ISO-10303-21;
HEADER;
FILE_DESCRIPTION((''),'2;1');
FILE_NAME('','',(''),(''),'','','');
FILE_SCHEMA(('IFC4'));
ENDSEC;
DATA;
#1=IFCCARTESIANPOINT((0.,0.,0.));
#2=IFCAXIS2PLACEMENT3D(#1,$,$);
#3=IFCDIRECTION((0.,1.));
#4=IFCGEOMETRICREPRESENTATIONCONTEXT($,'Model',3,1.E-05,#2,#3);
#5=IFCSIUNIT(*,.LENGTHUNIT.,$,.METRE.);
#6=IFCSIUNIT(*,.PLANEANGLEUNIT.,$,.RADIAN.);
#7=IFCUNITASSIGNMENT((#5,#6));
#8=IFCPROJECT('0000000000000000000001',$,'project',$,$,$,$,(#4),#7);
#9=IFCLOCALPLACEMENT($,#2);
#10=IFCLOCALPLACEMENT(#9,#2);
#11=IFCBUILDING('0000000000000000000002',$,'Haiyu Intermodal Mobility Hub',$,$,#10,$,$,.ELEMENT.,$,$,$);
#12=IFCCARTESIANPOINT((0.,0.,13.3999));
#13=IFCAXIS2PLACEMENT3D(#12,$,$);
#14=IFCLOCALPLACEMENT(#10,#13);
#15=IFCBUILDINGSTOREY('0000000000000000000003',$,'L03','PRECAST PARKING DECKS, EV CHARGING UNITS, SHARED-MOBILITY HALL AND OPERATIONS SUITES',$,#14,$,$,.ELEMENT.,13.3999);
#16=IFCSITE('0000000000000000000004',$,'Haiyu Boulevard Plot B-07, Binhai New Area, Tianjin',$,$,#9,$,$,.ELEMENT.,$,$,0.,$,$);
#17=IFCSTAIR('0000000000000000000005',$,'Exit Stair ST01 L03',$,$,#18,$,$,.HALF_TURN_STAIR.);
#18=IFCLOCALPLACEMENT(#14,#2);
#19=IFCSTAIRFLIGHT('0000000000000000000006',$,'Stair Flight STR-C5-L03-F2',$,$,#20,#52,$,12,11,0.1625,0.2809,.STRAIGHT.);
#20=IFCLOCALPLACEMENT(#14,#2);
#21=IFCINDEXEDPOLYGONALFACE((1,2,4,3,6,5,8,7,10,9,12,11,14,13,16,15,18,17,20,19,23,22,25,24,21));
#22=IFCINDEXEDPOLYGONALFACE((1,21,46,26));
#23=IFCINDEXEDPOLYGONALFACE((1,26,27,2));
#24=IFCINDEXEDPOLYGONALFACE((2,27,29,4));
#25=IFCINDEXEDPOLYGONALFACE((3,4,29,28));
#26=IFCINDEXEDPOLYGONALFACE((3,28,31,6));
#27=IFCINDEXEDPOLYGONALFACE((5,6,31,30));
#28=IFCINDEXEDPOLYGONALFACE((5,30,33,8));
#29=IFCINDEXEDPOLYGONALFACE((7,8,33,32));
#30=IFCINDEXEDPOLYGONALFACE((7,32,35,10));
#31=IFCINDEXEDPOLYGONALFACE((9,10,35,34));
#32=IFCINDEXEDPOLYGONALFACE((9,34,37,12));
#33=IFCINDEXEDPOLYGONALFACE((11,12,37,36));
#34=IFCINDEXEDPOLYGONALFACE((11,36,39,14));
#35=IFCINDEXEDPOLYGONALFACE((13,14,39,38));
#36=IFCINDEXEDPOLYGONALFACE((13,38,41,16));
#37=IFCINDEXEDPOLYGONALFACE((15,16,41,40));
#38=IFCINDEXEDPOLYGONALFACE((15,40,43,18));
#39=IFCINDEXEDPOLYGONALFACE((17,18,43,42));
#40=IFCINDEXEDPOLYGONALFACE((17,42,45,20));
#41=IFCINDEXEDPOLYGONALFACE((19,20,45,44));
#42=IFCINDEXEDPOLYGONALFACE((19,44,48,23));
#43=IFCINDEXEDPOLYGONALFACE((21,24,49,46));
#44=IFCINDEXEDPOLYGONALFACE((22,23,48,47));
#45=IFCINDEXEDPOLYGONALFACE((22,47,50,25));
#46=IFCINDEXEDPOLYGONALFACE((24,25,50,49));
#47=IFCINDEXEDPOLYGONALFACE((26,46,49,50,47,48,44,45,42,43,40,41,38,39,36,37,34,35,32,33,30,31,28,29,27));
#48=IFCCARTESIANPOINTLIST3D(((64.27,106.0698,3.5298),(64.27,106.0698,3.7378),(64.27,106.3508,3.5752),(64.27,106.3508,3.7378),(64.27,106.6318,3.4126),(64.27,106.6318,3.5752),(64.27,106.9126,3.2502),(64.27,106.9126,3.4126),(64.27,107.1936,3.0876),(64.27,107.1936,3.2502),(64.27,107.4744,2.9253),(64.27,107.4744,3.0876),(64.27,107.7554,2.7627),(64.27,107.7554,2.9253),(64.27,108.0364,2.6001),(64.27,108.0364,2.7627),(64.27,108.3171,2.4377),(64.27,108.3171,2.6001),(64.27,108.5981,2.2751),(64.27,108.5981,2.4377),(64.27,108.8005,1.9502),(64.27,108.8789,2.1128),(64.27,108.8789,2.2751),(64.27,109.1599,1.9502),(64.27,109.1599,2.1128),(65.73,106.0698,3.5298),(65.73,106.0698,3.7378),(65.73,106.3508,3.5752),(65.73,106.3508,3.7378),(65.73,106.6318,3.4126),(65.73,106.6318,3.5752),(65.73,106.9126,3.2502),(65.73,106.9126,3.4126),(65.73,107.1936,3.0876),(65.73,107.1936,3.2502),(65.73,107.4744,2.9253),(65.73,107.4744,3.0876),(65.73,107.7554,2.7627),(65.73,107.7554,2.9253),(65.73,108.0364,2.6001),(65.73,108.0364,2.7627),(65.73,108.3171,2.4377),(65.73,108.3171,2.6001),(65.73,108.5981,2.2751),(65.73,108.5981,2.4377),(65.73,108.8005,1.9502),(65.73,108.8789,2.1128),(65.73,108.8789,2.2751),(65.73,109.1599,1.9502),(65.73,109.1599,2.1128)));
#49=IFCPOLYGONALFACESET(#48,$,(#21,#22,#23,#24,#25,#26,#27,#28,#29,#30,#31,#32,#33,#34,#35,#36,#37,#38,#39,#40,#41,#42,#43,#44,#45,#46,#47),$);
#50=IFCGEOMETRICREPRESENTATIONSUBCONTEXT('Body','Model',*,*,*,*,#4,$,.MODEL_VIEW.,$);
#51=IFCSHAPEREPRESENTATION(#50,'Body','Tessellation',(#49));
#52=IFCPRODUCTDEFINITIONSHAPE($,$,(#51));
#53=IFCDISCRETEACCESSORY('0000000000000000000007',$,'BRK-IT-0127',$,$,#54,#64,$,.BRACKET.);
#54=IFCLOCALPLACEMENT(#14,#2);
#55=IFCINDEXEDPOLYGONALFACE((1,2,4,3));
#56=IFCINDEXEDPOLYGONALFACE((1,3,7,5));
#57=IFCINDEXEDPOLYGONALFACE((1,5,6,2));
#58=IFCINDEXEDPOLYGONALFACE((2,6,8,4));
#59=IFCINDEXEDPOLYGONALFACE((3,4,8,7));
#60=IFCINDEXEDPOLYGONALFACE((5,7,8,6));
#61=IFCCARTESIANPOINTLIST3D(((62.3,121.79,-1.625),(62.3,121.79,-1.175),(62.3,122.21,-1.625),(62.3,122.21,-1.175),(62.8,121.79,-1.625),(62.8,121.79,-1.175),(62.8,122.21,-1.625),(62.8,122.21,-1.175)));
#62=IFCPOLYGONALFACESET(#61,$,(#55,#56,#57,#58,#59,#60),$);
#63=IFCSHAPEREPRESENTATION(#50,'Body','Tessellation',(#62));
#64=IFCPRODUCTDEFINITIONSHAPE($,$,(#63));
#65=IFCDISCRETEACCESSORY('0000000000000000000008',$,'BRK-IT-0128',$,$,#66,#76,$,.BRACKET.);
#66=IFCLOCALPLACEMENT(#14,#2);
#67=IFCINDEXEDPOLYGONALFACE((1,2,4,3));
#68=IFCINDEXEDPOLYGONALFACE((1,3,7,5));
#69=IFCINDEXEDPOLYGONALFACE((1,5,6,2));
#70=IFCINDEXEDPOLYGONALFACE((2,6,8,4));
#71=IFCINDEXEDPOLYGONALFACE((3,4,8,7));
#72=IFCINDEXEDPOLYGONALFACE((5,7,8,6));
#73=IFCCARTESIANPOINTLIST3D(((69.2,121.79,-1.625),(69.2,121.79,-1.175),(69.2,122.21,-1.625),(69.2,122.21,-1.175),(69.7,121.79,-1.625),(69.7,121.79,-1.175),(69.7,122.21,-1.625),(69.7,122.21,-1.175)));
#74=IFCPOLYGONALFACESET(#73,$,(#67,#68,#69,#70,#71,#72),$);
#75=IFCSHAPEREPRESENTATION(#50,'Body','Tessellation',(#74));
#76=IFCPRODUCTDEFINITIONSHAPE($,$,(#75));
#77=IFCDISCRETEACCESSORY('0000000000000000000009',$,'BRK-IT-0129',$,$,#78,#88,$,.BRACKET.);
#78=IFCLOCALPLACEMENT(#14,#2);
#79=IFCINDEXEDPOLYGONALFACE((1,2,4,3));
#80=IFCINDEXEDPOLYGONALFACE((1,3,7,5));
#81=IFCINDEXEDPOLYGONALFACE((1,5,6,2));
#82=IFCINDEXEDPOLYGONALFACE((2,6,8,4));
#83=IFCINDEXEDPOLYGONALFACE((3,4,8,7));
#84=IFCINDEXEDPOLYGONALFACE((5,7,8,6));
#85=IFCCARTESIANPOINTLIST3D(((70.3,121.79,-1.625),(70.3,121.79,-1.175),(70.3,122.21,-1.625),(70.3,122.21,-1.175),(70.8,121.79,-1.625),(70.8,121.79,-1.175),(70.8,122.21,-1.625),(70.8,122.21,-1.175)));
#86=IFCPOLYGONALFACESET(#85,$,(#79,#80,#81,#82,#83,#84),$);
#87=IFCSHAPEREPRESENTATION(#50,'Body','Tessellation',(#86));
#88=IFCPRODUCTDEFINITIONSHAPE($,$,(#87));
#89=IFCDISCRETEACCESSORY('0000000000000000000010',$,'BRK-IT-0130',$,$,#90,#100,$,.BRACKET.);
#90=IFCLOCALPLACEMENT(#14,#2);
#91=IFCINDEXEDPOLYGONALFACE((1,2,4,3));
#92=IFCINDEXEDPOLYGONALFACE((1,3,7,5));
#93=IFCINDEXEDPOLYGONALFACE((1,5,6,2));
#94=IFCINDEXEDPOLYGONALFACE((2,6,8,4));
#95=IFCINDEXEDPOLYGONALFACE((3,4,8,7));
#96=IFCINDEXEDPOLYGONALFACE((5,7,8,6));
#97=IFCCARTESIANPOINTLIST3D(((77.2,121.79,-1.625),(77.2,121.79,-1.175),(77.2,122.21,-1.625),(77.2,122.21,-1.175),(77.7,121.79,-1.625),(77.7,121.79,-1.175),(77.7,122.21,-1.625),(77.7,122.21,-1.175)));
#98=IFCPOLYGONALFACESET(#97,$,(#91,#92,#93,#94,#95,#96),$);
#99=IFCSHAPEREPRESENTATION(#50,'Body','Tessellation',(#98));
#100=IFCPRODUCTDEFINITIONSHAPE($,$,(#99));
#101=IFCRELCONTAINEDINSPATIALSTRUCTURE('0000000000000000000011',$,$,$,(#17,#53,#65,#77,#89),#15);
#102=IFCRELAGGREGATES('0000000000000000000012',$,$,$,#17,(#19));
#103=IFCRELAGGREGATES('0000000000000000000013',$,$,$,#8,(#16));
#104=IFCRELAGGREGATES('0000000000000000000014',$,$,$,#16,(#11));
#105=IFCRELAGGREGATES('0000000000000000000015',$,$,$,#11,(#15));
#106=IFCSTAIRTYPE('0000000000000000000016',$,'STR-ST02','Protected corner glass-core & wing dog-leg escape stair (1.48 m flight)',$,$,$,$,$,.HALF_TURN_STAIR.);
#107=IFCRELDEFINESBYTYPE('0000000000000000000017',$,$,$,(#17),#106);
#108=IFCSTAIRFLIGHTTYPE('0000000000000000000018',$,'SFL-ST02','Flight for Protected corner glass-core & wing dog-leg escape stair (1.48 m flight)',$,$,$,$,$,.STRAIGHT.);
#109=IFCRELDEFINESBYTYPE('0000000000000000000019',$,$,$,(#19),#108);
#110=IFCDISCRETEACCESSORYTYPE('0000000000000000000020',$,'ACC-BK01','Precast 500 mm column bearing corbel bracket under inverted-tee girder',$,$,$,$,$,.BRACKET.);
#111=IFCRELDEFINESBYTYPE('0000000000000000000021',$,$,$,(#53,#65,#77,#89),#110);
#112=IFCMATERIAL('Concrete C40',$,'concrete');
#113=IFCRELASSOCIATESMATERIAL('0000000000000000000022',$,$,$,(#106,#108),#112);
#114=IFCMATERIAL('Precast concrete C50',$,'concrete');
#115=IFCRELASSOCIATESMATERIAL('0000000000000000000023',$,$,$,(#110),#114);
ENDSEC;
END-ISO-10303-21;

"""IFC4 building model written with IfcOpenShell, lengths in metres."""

from ifc_helpers import new_model, si_unit, direction, frame, origin, origin_2d, place, context, subcontext, project, spatial, polyline, rectangle, outline, extrude, material, type_object, element, aggregate, save


model = new_model("IFC4")

# Units and contexts
model_context = context("Model", 3, precision=1e-05, world=origin(), true_north=direction((0.0, 1.0)))
body_context = subcontext(model_context, "Body", "Model", "MODEL_VIEW")
ifc_project = project(units=[si_unit("LENGTHUNIT", "METRE"), si_unit("PLANEANGLEUNIT", "RADIAN")], contexts=[model_context])

# Site, building, storey
site_placement = place(None, origin())
site = spatial("IfcSite", under=ifc_project, at=site_placement, Name="Haiyu Boulevard Plot B-07, Binhai New Area, Tianjin", CompositionType="ELEMENT", RefElevation=0.0)
building_placement = place(site_placement, origin())
building = spatial("IfcBuilding", under=site, at=building_placement, Name="Haiyu Intermodal Mobility Hub", CompositionType="ELEMENT")
storey_placement = place(building_placement, frame((0.0, 0.0, 13.3999)))
storey = spatial("IfcBuildingStorey", under=building, at=storey_placement, Name="L03", Description="PRECAST PARKING DECKS, EV CHARGING UNITS, SHARED-MOBILITY HALL AND OPERATIONS SUITES", CompositionType="ELEMENT", Elevation=13.3999)

# Shared definitions
ifc_material_1 = material(Name="Concrete C40", Category="concrete")
ifc_material_2 = material(Name="Precast concrete C50", Category="concrete")

# Stair, stair flight
stair_type = type_object("IfcStairType", Name="STR-ST02", Description="Protected corner glass-core & wing dog-leg escape stair (1.48 m flight)", PredefinedType="HALF_TURN_STAIR", material=ifc_material_1)
stair_placement = place(storey_placement, origin())
stair = element("IfcStair", 1, at=stair_placement, inside=storey, type_object=stair_type, Name="Exit Stair ST01 L03", PredefinedType="HALF_TURN_STAIR")
stair_flight_type = type_object("IfcStairFlightType", Name="SFL-ST02", Description="Flight for Protected corner glass-core & wing dog-leg escape stair (1.48 m flight)", PredefinedType="STRAIGHT", material=ifc_material_1)
stair_flight_1_placement = place(storey_placement, frame((65.0, 109.1599, 1.9502), z_axis=(0.0, 0.0, 1.0), x_axis=(0.0, -1.0, 0.0)))
stair_flight_1 = element("IfcStairFlight", 2, at=stair_flight_1_placement, type_object=stair_flight_type, Name="Stair Flight STR-C5-L03-F2", NumberOfRisers=12, NumberOfTreads=11, PredefinedType="STRAIGHT", RiserHeight=0.1625, TreadLength=0.2809, context=body_context, shape_type="SweptSolid", body=[
    extrude(outline(polyline([(0.0, 0.0), (0.0, 0.1626), (0.281, 0.1626), (0.281, 0.325), (0.5618, 0.325), (0.5618, 0.4875), (0.8428, 0.4875), (0.8428, 0.6499), (1.1235, 0.6499), (1.1235, 0.8125), (1.4045, 0.8125), (1.4045, 0.9751), (1.6855, 0.9751), (1.6855, 1.1375), (1.9663, 1.1375), (1.9663, 1.3), (2.2473, 1.3), (2.2473, 1.4624), (2.5281, 1.4624), (2.5281, 1.625), (2.8091, 1.625), (2.8091, 1.7876), (3.0901, 1.7876), (3.0901, 1.95), (3.0901, 1.5796), (0.3594, 0.0), (0.0, 0.0)])), frame((0.0, 0.73, 0.0), z_axis=(0.0, -1.0, 0.0), x_axis=(1.0, 0.0, 0.0)), (0.0, 0.0, 1.0), 1.46),
])
aggregate(stair, [stair_flight_1])

# Discrete accessories
discrete_accessory_type = type_object("IfcDiscreteAccessoryType", Name="ACC-BK01", Description="Precast 500 mm column bearing corbel bracket under inverted-tee girder", PredefinedType="BRACKET", material=ifc_material_2)
for number, where, z_axis, x_axis, name in (
    (3, (62.55, 122.0, -1.625), (0.0, 0.0, 1.0), (1.0, 0.0, 0.0), "BRK-IT-0127"),
    (4, (69.45, 122.0, -1.625), (0.0, 0.0, 1.0), (1.0, 0.0, 0.0), "BRK-IT-0128"),
    (5, (70.55, 122.0, -1.625), (0.0, 0.0, 1.0), (1.0, 0.0, 0.0), "BRK-IT-0129"),
    (6, (77.45, 122.0, -1.625), (0.0, 0.0, 1.0), (1.0, 0.0, 0.0), "BRK-IT-0130"),
):
    element("IfcDiscreteAccessory", number, at=place(storey_placement, frame(where, z_axis=z_axis, x_axis=x_axis)), inside=storey, type_object=discrete_accessory_type, Name=name, PredefinedType="BRACKET", context=body_context, shape_type="SweptSolid", body=[
        extrude(rectangle(XDim=0.5, YDim=0.4199, at=origin_2d()), origin(), (0.0, 0.0, 1.0), 0.45),
    ])

save(model, "model.ifc")
